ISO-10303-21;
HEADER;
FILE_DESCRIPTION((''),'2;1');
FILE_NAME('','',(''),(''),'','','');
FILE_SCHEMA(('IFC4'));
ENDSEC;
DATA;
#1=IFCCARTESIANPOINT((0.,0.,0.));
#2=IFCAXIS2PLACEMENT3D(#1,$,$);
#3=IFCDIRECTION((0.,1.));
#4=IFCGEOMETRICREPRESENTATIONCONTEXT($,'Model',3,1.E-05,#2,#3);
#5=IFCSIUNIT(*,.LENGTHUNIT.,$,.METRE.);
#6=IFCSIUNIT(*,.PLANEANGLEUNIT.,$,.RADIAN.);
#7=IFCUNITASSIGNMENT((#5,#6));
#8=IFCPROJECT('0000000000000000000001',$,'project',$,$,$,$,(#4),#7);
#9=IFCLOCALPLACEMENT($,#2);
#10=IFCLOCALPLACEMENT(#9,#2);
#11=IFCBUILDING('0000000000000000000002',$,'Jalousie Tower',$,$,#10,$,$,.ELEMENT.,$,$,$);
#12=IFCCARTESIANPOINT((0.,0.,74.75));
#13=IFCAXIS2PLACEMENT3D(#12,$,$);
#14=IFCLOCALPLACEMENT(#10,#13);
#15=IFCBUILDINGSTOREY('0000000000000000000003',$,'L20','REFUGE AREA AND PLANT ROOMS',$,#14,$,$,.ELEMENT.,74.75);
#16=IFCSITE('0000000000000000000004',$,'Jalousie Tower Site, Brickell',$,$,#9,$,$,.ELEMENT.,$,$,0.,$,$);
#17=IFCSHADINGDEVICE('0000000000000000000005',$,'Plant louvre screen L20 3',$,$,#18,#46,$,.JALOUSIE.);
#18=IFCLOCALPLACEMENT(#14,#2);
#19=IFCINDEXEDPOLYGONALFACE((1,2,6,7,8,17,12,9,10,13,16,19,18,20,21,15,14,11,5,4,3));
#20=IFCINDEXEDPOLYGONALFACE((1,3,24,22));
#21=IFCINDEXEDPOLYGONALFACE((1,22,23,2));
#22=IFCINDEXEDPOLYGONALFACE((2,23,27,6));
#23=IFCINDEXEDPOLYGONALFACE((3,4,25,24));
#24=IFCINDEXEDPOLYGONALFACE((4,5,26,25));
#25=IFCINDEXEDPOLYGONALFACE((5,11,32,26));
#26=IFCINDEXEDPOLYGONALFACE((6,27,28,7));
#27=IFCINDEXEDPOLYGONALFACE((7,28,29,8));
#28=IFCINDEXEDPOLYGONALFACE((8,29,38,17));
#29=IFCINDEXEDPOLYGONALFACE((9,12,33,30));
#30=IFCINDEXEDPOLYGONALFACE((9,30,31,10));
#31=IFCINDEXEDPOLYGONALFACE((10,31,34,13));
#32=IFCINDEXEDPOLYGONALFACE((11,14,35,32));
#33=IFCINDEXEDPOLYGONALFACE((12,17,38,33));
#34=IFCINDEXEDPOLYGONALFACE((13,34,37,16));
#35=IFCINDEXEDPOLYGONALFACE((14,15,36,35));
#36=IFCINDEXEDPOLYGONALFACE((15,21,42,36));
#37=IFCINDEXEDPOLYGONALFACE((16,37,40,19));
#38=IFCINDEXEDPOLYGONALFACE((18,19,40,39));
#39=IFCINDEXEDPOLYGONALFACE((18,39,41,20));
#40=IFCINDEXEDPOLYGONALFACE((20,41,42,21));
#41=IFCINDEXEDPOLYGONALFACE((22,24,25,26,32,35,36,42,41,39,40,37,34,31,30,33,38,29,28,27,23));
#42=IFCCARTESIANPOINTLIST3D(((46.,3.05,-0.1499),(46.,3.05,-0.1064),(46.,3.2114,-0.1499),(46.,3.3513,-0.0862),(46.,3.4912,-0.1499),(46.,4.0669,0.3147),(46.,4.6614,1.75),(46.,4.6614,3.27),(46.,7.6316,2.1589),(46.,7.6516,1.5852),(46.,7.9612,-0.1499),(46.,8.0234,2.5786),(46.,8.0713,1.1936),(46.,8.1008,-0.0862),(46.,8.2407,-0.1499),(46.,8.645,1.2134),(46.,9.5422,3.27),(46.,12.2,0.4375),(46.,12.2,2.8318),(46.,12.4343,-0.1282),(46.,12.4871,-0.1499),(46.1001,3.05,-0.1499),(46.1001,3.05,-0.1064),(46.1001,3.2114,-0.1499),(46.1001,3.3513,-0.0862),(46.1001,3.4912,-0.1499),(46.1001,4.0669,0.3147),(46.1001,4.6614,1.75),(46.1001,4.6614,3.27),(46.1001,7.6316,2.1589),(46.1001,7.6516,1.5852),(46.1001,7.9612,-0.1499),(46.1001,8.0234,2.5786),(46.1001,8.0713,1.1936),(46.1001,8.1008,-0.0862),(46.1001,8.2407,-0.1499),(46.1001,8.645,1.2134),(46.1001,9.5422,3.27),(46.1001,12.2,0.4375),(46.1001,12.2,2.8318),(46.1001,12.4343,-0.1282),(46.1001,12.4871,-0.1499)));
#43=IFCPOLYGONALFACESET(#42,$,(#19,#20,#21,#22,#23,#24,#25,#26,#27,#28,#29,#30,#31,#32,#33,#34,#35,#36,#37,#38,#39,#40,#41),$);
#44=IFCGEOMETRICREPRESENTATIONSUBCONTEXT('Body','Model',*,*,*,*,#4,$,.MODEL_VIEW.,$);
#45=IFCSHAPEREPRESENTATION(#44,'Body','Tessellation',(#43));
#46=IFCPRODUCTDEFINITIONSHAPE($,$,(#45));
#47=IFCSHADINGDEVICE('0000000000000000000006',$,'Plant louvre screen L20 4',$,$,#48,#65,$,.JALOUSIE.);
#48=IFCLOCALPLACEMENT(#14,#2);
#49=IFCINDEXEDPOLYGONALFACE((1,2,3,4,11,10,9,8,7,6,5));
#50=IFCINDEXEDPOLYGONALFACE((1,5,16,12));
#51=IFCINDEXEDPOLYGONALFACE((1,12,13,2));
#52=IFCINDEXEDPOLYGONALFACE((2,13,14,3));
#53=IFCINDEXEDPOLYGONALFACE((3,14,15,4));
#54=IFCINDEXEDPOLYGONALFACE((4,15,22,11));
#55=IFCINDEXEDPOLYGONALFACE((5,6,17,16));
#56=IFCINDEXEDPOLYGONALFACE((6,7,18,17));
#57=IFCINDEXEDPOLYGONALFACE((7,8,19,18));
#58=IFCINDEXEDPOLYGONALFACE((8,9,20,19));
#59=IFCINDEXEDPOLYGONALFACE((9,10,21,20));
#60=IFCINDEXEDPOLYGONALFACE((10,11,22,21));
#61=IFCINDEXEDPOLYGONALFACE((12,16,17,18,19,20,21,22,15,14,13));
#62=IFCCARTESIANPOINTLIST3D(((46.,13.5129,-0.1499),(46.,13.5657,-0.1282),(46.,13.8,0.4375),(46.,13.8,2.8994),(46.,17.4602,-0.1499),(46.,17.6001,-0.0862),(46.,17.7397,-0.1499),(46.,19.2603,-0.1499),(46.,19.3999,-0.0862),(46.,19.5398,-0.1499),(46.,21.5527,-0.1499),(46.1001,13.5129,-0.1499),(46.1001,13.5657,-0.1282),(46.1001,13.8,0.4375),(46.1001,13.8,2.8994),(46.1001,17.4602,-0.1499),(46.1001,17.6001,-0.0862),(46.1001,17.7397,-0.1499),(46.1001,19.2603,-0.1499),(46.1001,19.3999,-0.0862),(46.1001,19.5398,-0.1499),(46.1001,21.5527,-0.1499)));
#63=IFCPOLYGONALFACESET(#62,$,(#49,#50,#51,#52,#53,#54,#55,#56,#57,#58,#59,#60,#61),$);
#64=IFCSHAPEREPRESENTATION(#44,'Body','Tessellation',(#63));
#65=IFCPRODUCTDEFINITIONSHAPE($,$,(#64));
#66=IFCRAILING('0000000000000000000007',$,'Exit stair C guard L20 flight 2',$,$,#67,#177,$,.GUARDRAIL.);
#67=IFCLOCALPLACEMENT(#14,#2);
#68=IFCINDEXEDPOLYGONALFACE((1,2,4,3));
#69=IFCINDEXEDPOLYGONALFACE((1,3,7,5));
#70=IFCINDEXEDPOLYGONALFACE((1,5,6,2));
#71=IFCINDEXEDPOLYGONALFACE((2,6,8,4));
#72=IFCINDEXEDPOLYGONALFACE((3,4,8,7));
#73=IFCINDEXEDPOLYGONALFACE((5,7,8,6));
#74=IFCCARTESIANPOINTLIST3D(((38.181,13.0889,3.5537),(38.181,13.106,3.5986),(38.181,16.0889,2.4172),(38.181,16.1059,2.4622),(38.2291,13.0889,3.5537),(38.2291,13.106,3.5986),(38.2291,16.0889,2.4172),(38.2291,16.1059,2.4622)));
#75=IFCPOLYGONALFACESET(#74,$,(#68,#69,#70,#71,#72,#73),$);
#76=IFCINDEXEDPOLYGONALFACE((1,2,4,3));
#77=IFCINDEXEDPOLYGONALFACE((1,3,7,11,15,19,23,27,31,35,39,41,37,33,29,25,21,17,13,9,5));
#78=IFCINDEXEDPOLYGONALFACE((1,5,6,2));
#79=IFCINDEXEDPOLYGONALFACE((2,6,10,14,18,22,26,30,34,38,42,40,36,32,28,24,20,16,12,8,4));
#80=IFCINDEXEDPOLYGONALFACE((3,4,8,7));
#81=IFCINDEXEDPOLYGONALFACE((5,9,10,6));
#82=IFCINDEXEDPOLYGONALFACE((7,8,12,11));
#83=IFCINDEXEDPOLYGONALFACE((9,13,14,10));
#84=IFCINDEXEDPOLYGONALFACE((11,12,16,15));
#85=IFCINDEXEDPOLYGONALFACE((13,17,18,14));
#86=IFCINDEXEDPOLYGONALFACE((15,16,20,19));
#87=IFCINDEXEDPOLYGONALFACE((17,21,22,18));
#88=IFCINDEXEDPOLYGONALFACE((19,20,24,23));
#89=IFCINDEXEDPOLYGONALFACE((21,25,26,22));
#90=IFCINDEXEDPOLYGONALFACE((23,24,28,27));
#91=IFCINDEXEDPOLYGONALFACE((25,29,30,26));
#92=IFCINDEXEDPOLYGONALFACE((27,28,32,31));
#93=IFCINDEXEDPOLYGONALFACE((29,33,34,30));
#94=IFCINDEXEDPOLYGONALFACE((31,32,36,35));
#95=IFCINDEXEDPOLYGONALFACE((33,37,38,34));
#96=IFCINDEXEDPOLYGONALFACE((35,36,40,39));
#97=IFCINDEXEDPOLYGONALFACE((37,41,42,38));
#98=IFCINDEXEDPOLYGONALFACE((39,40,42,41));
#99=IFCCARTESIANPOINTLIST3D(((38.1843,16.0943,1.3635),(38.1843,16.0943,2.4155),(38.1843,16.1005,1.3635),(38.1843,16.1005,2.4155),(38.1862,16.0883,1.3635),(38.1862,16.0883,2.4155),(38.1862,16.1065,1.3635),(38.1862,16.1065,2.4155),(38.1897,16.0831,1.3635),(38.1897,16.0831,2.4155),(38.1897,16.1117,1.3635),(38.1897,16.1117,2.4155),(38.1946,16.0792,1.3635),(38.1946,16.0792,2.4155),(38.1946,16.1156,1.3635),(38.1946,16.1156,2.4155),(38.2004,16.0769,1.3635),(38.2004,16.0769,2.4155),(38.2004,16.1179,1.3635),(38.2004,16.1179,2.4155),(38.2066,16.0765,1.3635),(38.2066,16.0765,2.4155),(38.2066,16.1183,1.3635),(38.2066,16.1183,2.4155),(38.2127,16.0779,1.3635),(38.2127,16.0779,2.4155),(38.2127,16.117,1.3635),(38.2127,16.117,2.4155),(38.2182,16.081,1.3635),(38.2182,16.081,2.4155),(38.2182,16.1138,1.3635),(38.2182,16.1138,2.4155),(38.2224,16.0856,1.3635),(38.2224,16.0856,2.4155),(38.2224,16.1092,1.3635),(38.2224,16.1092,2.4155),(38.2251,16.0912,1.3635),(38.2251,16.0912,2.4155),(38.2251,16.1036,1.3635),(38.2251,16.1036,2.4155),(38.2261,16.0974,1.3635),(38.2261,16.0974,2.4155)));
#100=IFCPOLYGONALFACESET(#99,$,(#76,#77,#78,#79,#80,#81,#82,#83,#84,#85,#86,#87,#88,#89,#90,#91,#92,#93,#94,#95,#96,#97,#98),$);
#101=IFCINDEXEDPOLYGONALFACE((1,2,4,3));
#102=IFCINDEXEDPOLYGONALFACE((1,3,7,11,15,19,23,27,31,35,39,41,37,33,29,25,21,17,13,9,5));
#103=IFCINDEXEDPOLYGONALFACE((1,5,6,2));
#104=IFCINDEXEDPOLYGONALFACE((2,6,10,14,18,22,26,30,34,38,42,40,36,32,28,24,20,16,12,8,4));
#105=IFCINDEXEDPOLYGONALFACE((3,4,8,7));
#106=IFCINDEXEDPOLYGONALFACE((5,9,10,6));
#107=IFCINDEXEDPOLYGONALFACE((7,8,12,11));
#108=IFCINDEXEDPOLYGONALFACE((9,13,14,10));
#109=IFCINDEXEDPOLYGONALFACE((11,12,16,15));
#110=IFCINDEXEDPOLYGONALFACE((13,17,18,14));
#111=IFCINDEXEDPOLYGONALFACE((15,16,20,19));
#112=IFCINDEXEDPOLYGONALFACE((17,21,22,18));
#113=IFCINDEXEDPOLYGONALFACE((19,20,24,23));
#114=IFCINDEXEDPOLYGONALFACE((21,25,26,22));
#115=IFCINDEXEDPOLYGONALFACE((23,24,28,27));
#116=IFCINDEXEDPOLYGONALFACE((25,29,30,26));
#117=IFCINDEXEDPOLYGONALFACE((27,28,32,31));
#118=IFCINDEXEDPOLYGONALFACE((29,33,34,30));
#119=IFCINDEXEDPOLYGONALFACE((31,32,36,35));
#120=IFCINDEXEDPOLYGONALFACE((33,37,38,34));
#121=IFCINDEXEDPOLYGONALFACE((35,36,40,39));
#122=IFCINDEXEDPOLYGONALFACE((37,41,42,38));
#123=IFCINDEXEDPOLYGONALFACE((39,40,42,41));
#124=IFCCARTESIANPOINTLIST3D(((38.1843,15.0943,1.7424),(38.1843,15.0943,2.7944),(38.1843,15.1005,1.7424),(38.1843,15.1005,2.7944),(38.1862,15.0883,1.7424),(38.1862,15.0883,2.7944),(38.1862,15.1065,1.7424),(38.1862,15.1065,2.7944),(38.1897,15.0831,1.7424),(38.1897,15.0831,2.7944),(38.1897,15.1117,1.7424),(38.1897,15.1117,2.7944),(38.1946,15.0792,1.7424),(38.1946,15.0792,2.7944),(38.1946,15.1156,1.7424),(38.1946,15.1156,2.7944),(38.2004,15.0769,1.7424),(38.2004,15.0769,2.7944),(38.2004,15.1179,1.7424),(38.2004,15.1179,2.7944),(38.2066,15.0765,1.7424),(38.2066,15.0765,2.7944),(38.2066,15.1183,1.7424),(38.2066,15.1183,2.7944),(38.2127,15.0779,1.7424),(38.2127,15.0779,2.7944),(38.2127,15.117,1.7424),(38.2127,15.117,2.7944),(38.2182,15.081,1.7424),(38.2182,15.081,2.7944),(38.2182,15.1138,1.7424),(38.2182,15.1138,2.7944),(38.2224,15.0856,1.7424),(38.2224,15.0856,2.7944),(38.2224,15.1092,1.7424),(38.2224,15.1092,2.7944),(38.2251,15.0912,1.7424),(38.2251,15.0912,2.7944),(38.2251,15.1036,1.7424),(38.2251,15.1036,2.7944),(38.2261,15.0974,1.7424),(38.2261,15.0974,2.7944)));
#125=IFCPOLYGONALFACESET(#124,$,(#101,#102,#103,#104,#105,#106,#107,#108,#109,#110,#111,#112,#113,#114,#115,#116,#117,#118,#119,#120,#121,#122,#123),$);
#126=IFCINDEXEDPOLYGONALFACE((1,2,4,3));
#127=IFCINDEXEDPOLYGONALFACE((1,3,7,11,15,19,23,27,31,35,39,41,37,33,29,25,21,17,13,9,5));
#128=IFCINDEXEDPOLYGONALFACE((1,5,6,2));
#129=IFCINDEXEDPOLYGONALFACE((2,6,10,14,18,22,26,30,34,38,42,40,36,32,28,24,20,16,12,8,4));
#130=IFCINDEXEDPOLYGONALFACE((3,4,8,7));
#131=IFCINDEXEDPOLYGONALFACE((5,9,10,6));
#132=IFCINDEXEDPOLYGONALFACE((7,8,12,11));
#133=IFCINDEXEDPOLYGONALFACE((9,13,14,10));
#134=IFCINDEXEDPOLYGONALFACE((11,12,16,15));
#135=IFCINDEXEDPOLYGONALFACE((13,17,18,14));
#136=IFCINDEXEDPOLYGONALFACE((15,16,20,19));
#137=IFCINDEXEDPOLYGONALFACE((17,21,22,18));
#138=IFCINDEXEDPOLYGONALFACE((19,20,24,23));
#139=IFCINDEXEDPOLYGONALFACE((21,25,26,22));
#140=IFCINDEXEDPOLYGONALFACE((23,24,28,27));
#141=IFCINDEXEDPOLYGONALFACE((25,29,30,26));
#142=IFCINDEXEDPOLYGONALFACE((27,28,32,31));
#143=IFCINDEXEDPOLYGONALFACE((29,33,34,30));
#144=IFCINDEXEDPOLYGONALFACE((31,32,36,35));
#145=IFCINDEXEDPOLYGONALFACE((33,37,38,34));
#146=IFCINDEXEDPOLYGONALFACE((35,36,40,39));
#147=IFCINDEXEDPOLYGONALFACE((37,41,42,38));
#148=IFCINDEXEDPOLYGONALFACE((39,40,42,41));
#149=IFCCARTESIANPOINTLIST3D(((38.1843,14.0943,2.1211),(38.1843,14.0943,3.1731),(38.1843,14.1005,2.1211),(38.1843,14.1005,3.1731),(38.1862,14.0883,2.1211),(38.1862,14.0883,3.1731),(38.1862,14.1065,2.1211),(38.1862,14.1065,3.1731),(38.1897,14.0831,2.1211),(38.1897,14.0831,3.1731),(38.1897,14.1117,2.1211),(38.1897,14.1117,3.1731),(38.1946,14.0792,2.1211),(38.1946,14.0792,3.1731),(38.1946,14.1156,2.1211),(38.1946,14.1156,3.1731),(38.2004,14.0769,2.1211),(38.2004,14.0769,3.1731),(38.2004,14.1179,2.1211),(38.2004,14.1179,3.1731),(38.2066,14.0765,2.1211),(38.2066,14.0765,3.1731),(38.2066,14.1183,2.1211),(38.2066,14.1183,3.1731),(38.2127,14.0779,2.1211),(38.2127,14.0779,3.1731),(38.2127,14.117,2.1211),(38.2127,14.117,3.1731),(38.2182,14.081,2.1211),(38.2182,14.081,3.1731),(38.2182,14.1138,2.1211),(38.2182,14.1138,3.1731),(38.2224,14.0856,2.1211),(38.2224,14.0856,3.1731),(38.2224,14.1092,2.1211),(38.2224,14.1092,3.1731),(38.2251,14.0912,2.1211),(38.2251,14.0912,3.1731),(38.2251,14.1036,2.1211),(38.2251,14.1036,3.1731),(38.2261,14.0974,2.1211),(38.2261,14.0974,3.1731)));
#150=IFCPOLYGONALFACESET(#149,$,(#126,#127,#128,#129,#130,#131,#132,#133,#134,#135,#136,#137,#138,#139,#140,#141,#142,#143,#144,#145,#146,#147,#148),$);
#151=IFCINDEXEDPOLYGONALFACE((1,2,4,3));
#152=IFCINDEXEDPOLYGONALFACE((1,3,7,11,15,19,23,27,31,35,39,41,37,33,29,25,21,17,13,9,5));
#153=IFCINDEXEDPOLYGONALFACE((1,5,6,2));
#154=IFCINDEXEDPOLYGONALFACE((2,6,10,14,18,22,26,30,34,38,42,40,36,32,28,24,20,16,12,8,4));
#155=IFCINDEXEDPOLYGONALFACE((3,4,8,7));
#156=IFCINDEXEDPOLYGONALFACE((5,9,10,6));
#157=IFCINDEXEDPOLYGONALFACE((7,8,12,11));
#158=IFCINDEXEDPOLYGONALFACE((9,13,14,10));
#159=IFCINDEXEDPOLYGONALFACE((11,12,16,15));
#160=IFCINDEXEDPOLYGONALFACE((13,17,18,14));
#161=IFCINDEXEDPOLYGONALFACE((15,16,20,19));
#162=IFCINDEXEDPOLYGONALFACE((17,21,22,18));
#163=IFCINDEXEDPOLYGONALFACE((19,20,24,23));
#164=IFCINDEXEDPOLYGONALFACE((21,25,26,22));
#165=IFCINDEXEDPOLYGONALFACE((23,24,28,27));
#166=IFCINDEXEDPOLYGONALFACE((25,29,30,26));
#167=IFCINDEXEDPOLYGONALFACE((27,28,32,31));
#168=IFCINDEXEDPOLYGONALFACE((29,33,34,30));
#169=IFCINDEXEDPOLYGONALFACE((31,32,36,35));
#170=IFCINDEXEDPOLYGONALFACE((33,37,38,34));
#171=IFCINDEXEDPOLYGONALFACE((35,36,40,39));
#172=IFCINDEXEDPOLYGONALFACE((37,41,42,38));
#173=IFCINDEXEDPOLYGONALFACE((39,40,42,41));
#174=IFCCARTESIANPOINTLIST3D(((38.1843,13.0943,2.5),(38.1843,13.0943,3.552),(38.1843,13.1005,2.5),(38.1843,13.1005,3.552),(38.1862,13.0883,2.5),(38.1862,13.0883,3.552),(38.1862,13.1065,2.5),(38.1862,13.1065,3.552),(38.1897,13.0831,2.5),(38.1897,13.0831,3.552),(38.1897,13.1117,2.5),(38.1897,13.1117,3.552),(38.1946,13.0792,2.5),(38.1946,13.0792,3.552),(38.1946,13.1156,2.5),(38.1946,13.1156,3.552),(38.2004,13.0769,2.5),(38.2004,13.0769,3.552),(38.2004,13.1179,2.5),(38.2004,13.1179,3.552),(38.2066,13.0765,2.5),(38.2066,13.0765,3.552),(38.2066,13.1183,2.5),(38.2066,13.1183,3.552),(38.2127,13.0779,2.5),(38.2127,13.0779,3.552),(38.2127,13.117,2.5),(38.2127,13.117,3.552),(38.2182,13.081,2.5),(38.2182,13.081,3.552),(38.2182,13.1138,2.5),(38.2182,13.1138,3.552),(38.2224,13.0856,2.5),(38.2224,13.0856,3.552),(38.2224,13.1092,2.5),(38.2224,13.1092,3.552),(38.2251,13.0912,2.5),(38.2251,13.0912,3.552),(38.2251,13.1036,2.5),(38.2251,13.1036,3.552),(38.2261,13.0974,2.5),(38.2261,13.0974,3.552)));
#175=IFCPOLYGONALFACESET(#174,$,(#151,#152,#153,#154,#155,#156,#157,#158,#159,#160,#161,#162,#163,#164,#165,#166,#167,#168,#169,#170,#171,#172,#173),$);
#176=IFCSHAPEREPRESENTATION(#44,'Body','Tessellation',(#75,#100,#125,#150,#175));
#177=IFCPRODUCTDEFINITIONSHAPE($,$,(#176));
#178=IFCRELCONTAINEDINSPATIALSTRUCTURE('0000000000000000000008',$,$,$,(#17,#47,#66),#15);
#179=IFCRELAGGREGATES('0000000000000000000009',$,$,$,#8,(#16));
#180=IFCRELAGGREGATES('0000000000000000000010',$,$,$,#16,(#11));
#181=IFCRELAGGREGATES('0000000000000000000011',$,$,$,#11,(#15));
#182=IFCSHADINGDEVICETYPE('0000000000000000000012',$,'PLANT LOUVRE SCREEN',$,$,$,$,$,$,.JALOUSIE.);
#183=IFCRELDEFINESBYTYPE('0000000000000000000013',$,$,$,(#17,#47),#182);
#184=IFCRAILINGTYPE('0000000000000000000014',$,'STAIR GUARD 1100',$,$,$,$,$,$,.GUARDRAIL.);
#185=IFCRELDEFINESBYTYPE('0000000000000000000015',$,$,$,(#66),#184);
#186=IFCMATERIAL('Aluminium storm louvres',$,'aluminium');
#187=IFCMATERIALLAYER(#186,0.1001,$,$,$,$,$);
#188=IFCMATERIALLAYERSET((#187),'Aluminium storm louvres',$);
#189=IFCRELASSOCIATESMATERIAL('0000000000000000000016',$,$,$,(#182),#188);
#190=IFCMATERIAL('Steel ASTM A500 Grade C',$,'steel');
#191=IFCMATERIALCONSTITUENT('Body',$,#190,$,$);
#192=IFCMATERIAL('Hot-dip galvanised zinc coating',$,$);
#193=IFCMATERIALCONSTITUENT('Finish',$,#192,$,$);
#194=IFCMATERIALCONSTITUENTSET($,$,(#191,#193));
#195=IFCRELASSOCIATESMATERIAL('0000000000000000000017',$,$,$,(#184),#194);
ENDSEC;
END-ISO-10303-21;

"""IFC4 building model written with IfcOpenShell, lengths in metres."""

from ifc_helpers import new_model, si_unit, direction, frame, origin, origin_2d, place, context, subcontext, project, spatial, polyline, rectangle, circle, outline, extrude, material, layer, layer_set, constituent, constituent_set, type_object, element, save


model = new_model("IFC4")

# Units and contexts
model_context = context("Model", 3, precision=1e-05, world=origin(), true_north=direction((0.0, 1.0)))
body_context = subcontext(model_context, "Body", "Model", "MODEL_VIEW")
ifc_project = project(units=[si_unit("LENGTHUNIT", "METRE"), si_unit("PLANEANGLEUNIT", "RADIAN")], contexts=[model_context])

# Site, building, storey
site_placement = place(None, origin())
site = spatial("IfcSite", under=ifc_project, at=site_placement, Name="Jalousie Tower Site, Brickell", CompositionType="ELEMENT", RefElevation=0.0)
building_placement = place(site_placement, origin())
building = spatial("IfcBuilding", under=site, at=building_placement, Name="Jalousie Tower", CompositionType="ELEMENT")
storey_placement = place(building_placement, frame((0.0, 0.0, 74.75)))
storey = spatial("IfcBuildingStorey", under=building, at=storey_placement, Name="L20", Description="REFUGE AREA AND PLANT ROOMS", CompositionType="ELEMENT", Elevation=74.75)

# Shading devices
ifc_material_1 = material(Name="Aluminium storm louvres", Category="aluminium")
ifc_layer_1 = layer(ifc_material_1, 0.1001)
ifc_layer_set_1 = layer_set([ifc_layer_1], Name="Aluminium storm louvres")
shading_device_type = type_object("IfcShadingDeviceType", Name="PLANT LOUVRE SCREEN", PredefinedType="JALOUSIE", material=ifc_layer_set_1)
shading_device_1_placement = place(storey_placement, frame((46.1001, 3.05, -0.1499), z_axis=(1.0, 0.0, 0.0), x_axis=(0.0, 1.0, 0.0)))
element("IfcShadingDevice", 1, at=shading_device_1_placement, inside=storey, type_object=shading_device_type, Name="Plant louvre screen L20 3", PredefinedType="JALOUSIE", context=body_context, shape_type="SweptSolid", body=[
    extrude(outline(polyline([(0.0, 0.0), (0.1614, 0.0), (0.3013, 0.0637), (0.4412, 0.0), (4.9111, 0.0), (5.0508, 0.0637), (5.1907, 0.0), (9.437, 0.0), (9.3843, 0.0217), (9.1499, 0.5874), (9.1499, 2.9817), (5.595, 1.3633), (5.0212, 1.3435), (4.6016, 1.7351), (4.5815, 2.3088), (4.9734, 2.7285), (6.4922, 3.4199), (1.6113, 3.4199), (1.6113, 1.8999), (1.0168, 0.4646), (0.0, 0.0435), (0.0, 0.0)])), origin(), (0.0, 0.0, -1.0), 0.1001),
])
shading_device_2_placement = place(storey_placement, frame((46.1001, 13.5129, -0.1499), z_axis=(1.0, 0.0, 0.0), x_axis=(0.0, 1.0, 0.0)))
element("IfcShadingDevice", 2, at=shading_device_2_placement, inside=storey, type_object=shading_device_type, Name="Plant louvre screen L20 4", PredefinedType="JALOUSIE", context=body_context, shape_type="SweptSolid", body=[
    extrude(outline(polyline([(0.0, 0.0), (3.9473, 0.0), (4.0872, 0.0637), (4.2268, 0.0), (5.7473, 0.0), (5.887, 0.0637), (6.0269, 0.0), (8.0398, 0.0), (0.2871, 3.0493), (0.2871, 0.5874), (0.0527, 0.0217), (0.0, 0.0)])), origin(), (0.0, 0.0, -1.0), 0.1001),
])

# Railing
ifc_material_2 = material(Name="Steel ASTM A500 Grade C", Category="steel")
ifc_constituent_1 = constituent(ifc_material_2, Name="Body")
ifc_material_3 = material(Name="Hot-dip galvanised zinc coating")
ifc_constituent_2 = constituent(ifc_material_3, Name="Finish")
ifc_constituent_set_1 = constituent_set(constituents=[ifc_constituent_1, ifc_constituent_2])
railing_type_1 = type_object("IfcRailingType", Name="STAIR GUARD 1100", PredefinedType="GUARDRAIL", material=ifc_constituent_set_1)
for number, where, name in (
    (3, (38.2051, 16.0974, 1.3635), "Exit stair C guard L20 flight 2"),
):
    element("IfcRailing", number, at=place(storey_placement, frame(where)), inside=storey, type_object=railing_type_1, Name=name, PredefinedType="GUARDRAIL", context=body_context, shape_type="SweptSolid", body=[
        extrude(rectangle(XDim=0.0481, YDim=0.0481, at=origin_2d()), frame((0.0, 0.0, 1.0762), z_axis=(0.0, -0.935148, 0.354257), x_axis=(1.0, 0.0, 0.0)), (0.0, 0.0, 1.0), 3.208),
        extrude(circle(Radius=0.021, at=origin_2d()), origin(), (0.0, 0.0, 1.0), 1.052),
        extrude(circle(Radius=0.021, at=origin_2d()), frame((0.0, -1.0, 0.3789)), (0.0, 0.0, 1.0), 1.052),
        extrude(circle(Radius=0.021, at=origin_2d()), frame((0.0, -2.0, 0.7576)), (0.0, 0.0, 1.0), 1.052),
        extrude(circle(Radius=0.021, at=origin_2d()), frame((0.0, -3.0, 1.1365)), (0.0, 0.0, 1.0), 1.052),
    ])

save(model, "model.ifc")
